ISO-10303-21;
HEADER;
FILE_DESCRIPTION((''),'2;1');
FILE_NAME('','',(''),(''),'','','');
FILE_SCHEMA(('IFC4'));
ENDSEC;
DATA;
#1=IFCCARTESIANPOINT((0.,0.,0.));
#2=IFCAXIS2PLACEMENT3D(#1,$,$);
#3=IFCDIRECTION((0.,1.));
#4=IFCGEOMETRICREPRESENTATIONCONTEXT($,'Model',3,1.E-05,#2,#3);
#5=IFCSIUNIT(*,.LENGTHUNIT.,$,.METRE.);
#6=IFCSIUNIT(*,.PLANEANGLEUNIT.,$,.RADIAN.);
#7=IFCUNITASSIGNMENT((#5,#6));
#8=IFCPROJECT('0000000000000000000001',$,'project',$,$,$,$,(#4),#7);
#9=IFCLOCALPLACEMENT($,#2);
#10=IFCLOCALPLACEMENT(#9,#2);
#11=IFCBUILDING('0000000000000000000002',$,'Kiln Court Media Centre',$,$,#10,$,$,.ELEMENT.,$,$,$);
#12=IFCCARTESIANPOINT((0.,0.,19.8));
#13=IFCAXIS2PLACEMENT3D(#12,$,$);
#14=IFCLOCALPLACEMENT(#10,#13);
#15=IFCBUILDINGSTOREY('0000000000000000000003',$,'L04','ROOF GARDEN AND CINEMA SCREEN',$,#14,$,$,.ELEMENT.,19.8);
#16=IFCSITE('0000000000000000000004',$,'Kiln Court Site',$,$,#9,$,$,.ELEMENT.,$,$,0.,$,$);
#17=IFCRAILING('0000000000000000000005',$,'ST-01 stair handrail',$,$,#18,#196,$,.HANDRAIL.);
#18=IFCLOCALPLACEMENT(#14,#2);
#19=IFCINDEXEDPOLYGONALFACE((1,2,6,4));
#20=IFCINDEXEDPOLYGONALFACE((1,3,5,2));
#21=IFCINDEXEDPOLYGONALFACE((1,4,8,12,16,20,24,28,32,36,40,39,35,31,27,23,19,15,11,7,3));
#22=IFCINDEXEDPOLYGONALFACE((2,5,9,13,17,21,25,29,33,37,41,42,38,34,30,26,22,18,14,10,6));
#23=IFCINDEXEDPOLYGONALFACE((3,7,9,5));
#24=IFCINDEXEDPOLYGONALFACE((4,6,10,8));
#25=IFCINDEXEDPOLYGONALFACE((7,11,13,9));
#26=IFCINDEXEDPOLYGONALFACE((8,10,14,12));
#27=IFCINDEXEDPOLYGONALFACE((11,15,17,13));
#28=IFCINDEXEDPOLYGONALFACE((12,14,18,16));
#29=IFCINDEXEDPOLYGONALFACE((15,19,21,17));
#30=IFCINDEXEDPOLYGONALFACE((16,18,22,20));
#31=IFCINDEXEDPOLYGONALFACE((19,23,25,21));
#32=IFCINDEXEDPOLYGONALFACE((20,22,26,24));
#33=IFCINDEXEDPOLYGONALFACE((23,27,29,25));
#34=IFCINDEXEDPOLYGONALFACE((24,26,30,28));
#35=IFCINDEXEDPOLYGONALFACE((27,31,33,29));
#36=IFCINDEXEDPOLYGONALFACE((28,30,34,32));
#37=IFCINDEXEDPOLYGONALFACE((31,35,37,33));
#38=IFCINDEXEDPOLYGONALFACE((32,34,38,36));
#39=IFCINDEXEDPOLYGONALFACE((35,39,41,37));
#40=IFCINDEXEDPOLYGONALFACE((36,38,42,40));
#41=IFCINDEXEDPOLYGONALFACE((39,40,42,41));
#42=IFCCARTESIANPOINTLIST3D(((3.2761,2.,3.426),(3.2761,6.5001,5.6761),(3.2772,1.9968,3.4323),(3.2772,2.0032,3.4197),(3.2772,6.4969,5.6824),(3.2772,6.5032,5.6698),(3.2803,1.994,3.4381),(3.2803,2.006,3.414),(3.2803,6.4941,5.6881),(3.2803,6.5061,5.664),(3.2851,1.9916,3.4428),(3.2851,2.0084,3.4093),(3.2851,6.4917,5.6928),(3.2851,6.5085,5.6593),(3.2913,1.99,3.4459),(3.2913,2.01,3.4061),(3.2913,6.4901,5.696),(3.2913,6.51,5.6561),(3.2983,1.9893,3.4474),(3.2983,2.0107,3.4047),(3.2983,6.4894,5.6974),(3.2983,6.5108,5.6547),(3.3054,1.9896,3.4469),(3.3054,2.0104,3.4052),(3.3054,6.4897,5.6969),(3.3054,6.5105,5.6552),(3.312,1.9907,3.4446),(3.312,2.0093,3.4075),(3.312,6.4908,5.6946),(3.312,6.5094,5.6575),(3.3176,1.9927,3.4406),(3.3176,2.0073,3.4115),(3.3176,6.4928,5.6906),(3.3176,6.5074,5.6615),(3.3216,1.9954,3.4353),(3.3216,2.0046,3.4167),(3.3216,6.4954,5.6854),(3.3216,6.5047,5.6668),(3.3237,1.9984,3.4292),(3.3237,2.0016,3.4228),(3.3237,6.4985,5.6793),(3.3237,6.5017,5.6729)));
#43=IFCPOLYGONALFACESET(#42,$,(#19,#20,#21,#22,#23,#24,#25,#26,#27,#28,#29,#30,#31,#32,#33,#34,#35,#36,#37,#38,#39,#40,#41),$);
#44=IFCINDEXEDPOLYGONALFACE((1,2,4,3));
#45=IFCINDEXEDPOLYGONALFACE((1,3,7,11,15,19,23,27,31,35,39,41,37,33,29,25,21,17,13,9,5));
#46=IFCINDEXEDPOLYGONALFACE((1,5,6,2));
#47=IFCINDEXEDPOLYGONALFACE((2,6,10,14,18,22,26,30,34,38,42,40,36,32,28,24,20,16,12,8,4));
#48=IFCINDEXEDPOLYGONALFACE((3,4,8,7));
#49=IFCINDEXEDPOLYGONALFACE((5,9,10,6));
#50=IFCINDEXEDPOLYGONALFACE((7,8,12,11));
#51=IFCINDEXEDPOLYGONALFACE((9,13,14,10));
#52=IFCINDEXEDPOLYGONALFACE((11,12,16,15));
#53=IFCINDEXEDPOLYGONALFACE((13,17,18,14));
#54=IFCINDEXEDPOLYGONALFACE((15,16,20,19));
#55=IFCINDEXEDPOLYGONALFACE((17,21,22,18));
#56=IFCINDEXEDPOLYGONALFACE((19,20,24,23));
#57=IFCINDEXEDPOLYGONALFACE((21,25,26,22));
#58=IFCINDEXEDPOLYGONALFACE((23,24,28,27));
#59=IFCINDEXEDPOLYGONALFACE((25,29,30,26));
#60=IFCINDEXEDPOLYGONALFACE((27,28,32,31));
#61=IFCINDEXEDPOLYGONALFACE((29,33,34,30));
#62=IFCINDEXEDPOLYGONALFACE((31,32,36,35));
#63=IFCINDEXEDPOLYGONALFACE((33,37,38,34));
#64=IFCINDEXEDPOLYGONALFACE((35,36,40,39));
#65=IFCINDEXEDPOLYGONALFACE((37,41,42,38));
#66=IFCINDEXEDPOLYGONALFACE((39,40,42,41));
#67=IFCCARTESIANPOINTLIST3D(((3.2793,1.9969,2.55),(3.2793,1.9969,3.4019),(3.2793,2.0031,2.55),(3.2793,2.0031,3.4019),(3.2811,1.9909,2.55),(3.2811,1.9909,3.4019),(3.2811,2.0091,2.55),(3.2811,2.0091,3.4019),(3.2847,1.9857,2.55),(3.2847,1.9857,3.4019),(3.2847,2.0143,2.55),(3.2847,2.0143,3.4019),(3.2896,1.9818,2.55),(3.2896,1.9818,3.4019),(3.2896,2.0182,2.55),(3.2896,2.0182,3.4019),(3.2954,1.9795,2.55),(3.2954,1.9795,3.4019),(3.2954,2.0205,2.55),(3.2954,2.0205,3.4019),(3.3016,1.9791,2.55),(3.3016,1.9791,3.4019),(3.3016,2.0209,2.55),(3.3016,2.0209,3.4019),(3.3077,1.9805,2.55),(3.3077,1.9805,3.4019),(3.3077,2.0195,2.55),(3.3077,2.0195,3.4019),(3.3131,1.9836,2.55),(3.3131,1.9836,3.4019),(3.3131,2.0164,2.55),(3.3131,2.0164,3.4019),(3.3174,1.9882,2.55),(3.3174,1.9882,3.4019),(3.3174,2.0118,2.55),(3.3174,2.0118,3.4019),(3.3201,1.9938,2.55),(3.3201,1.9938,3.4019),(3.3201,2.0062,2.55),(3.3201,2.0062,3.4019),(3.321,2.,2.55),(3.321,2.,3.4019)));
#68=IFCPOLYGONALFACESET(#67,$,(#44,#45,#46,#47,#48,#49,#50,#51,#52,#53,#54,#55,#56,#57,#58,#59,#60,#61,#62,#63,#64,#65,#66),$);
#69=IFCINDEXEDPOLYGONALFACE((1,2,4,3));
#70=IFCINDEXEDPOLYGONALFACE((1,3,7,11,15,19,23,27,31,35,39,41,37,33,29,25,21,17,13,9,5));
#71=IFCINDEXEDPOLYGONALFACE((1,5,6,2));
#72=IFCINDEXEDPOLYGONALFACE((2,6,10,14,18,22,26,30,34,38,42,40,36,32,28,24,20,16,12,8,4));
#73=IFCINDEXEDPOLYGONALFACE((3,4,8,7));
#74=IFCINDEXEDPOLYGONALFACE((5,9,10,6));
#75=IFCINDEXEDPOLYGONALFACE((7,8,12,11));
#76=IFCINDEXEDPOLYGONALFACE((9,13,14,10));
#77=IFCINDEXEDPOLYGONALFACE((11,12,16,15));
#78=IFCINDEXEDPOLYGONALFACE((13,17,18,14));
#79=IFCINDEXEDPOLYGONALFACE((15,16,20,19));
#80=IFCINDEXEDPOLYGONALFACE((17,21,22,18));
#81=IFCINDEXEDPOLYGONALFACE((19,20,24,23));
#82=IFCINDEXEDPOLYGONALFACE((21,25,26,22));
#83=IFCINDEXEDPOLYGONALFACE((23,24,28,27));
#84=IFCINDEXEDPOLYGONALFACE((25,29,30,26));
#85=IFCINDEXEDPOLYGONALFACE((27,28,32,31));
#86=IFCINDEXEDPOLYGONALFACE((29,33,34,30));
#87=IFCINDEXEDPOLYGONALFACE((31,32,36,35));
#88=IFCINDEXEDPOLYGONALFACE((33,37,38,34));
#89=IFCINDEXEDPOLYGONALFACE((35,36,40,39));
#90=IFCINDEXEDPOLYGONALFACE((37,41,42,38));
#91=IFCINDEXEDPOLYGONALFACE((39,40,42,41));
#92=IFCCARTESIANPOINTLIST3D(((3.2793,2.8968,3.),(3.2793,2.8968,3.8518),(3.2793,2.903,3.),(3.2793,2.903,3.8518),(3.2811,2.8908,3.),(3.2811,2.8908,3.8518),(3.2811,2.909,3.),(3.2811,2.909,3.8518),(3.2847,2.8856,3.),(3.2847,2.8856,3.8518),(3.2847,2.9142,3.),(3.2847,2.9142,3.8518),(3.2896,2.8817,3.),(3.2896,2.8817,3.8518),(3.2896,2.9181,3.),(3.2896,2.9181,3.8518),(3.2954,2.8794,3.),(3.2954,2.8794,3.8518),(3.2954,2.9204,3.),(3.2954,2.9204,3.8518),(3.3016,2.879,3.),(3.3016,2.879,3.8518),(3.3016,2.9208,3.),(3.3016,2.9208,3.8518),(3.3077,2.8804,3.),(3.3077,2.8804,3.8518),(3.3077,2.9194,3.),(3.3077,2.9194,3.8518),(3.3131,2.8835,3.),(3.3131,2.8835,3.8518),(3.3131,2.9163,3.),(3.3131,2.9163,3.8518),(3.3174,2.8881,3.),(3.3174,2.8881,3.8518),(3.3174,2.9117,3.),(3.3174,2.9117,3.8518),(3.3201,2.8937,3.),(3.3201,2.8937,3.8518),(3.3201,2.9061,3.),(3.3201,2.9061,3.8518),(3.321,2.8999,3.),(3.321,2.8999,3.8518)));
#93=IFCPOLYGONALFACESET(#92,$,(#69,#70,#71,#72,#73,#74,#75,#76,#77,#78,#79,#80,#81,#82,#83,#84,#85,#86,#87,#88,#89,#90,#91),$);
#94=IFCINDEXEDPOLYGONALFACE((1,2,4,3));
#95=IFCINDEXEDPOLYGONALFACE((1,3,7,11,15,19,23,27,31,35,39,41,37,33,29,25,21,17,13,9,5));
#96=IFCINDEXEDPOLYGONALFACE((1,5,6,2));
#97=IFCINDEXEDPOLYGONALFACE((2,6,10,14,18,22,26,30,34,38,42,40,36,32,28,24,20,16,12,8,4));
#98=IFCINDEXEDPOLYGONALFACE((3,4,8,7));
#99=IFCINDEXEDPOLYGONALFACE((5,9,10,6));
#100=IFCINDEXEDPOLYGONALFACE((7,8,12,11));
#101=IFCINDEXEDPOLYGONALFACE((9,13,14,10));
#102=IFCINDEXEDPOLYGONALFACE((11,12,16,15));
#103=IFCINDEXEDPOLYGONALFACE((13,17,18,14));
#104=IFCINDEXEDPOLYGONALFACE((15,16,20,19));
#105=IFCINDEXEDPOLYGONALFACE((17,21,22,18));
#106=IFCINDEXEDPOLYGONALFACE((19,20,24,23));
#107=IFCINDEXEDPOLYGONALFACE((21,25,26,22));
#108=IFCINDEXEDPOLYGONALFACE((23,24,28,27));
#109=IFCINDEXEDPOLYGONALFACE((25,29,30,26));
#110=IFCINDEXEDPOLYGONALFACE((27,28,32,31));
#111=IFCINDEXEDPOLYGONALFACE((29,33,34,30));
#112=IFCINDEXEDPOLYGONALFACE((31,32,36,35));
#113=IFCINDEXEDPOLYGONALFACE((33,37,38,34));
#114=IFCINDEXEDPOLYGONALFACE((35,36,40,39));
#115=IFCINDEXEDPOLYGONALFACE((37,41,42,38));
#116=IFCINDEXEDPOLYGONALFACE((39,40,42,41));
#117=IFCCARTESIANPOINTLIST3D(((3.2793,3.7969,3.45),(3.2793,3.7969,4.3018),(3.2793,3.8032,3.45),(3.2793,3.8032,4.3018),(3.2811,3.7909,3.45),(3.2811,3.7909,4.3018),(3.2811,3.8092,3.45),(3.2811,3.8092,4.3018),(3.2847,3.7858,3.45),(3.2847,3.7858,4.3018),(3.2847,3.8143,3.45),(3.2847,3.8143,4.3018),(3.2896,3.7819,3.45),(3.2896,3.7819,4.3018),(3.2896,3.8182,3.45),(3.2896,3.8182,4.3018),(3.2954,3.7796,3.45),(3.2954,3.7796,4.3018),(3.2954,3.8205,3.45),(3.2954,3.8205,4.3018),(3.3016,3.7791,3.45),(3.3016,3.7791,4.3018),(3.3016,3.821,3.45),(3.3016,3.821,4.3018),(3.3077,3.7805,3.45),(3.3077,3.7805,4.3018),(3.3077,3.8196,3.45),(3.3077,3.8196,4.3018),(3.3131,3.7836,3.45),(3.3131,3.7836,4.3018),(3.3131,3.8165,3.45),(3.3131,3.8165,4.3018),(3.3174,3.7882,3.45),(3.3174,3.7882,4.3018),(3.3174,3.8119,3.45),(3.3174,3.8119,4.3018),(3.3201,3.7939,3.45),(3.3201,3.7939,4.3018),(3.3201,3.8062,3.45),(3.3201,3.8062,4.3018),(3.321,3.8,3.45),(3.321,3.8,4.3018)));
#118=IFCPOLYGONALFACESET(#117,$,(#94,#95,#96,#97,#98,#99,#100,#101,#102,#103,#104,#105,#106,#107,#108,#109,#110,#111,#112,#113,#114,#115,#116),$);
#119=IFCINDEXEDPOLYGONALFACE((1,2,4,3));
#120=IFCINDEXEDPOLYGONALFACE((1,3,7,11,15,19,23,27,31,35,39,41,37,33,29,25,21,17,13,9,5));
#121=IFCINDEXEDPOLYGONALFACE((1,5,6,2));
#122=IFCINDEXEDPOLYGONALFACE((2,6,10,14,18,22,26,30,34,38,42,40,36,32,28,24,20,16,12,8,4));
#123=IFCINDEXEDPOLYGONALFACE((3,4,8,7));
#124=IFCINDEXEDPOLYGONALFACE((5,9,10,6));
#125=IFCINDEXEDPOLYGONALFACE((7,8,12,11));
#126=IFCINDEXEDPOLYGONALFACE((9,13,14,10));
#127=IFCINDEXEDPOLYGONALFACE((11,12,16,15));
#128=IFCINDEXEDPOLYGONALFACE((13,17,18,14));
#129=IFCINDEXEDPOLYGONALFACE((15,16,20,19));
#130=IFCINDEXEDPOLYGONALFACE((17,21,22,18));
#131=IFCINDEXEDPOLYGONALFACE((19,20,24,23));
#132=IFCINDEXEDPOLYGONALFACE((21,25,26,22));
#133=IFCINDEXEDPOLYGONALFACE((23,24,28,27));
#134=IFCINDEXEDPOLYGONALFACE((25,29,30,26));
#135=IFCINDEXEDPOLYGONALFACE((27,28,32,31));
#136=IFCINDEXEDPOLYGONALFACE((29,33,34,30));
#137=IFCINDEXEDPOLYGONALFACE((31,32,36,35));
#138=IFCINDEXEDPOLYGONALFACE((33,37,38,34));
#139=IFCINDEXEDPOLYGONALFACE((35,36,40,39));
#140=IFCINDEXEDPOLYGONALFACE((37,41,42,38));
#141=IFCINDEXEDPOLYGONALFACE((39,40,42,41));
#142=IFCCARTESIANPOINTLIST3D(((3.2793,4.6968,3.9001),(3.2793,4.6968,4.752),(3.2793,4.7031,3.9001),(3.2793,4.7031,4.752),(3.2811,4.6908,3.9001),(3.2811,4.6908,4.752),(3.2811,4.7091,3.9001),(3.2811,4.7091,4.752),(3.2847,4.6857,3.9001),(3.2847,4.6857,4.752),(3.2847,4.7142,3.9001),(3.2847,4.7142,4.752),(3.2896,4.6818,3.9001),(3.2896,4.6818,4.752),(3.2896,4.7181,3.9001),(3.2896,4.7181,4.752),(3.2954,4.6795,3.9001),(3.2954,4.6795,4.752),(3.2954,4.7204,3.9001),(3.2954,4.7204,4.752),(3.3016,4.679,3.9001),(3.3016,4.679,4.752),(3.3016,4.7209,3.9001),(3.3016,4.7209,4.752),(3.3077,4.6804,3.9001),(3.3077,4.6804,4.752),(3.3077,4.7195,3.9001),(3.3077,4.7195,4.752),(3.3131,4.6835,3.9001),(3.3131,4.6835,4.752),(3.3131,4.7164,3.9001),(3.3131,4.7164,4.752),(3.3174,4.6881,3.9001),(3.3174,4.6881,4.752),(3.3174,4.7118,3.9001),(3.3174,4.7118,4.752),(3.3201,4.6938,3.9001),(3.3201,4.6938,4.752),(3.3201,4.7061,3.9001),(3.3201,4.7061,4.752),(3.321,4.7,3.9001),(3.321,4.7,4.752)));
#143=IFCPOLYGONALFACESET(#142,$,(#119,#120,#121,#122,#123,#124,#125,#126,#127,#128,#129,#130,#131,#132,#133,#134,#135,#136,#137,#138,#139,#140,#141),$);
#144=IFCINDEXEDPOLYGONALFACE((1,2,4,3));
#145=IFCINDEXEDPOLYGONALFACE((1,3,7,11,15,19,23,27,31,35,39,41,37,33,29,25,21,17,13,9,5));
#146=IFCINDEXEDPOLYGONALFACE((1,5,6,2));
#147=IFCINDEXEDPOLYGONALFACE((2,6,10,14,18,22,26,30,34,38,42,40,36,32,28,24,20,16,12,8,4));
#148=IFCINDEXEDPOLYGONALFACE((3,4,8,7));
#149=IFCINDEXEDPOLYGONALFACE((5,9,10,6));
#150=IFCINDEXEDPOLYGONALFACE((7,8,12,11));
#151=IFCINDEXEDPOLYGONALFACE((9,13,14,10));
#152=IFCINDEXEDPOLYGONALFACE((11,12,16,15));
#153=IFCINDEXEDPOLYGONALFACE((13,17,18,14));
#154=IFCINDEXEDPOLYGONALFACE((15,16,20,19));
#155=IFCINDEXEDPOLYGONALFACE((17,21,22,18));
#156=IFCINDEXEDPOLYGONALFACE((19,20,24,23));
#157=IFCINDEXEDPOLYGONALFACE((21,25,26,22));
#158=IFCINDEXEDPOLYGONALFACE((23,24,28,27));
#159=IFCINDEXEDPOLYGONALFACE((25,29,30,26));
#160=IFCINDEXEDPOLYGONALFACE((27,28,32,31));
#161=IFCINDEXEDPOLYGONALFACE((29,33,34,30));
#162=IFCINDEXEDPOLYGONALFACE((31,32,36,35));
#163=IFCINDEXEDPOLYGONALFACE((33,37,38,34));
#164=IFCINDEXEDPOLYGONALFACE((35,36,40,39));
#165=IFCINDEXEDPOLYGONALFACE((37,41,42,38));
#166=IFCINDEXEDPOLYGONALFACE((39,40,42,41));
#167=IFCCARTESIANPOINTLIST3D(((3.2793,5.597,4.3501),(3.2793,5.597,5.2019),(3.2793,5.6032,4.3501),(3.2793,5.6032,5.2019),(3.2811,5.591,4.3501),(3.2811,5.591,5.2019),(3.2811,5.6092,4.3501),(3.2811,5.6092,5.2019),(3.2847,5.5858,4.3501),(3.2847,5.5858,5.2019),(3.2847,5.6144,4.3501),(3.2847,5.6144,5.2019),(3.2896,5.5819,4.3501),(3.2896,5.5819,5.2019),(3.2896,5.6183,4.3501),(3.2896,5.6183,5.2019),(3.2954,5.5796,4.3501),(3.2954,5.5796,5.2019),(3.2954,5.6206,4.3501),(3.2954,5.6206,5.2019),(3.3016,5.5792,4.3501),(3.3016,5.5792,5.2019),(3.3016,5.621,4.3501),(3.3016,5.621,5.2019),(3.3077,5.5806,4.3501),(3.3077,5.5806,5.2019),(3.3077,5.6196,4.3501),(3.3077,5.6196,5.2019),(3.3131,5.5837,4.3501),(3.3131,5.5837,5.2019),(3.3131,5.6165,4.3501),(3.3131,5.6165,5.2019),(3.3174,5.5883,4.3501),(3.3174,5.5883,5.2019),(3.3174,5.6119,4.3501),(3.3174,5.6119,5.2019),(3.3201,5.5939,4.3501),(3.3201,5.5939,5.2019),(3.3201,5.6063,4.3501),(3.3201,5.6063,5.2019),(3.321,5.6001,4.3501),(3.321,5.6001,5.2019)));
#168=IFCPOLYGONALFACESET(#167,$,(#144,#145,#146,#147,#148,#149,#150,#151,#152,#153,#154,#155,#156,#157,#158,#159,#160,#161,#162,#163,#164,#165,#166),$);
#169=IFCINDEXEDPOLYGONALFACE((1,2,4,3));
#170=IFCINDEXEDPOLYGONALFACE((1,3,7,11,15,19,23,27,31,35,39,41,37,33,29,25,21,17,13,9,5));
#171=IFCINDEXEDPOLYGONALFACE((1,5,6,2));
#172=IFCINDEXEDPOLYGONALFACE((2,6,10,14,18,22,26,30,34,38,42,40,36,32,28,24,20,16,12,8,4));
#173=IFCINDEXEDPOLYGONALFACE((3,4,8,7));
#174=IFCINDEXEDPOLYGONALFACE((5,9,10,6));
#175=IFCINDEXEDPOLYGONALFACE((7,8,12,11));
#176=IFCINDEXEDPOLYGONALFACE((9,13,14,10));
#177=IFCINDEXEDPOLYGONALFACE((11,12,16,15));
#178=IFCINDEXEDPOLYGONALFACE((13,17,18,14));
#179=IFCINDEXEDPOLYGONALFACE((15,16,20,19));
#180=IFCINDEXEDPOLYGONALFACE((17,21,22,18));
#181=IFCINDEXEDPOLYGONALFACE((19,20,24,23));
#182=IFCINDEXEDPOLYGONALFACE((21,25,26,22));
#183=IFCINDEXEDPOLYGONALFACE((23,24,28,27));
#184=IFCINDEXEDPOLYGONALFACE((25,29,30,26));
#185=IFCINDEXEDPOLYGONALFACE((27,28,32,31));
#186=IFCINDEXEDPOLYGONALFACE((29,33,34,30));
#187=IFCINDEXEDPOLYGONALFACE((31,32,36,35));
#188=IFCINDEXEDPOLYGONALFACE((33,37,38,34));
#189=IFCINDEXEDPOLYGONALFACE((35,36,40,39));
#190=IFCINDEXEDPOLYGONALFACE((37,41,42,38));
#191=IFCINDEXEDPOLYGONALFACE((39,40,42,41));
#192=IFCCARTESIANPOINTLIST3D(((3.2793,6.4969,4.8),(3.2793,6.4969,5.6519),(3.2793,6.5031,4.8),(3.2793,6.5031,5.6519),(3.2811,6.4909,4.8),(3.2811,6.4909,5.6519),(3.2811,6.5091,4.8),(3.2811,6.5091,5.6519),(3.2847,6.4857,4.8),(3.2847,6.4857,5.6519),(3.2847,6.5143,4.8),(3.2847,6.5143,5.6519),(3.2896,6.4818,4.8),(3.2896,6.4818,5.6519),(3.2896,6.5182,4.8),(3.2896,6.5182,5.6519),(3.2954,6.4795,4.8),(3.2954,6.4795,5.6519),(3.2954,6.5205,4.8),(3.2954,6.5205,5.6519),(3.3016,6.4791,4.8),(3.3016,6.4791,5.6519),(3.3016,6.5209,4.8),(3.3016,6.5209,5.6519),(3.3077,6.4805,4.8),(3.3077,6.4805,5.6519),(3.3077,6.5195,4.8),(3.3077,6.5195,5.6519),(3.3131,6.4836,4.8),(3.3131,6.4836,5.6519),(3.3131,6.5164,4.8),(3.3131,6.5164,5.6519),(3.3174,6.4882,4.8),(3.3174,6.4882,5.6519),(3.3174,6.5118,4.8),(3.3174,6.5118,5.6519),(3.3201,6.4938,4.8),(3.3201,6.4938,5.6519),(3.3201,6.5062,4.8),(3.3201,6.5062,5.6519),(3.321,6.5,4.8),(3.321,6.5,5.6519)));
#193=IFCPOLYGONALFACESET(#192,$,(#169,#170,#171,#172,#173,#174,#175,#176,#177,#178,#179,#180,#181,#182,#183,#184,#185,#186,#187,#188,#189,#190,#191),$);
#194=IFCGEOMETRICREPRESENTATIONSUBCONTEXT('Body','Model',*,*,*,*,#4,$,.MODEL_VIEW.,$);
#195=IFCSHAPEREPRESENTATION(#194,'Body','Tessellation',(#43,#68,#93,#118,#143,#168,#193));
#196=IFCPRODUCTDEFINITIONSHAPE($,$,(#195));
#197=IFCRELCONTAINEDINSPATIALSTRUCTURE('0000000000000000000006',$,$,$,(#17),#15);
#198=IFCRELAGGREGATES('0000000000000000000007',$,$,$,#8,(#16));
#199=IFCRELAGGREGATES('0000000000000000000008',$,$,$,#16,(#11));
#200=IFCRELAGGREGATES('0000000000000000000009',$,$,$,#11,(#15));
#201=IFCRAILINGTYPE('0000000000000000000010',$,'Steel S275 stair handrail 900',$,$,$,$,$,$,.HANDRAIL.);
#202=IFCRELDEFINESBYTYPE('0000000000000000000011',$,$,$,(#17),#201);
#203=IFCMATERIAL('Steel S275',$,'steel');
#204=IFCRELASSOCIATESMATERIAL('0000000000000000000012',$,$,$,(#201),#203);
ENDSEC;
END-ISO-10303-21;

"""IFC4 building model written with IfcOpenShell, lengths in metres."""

from ifc_helpers import new_model, si_unit, direction, frame, origin, origin_2d, place, context, subcontext, project, spatial, circle, extrude, material, type_object, element, save


model = new_model("IFC4")

# Units and contexts
model_context = context("Model", 3, precision=1e-05, world=origin(), true_north=direction((0.0, 1.0)))
body_context = subcontext(model_context, "Body", "Model", "MODEL_VIEW")
ifc_project = project(units=[si_unit("LENGTHUNIT", "METRE"), si_unit("PLANEANGLEUNIT", "RADIAN")], contexts=[model_context])

# Site, building, storey
site_placement = place(None, origin())
site = spatial("IfcSite", under=ifc_project, at=site_placement, Name="Kiln Court Site", CompositionType="ELEMENT", RefElevation=0.0)
building_placement = place(site_placement, origin())
building = spatial("IfcBuilding", under=site, at=building_placement, Name="Kiln Court Media Centre", CompositionType="ELEMENT")
storey_placement = place(building_placement, frame((0.0, 0.0, 19.8)))
storey = spatial("IfcBuildingStorey", under=building, at=storey_placement, Name="L04", Description="ROOF GARDEN AND CINEMA SCREEN", CompositionType="ELEMENT", Elevation=19.8)

# Railing
ifc_material_1 = material(Name="Steel S275", Category="steel")
railing_type_1 = type_object("IfcRailingType", Name="Steel S275 stair handrail 900", PredefinedType="HANDRAIL", material=ifc_material_1)
railing_1_placement = place(storey_placement, frame((3.3, 2.0, 2.55)))
element("IfcRailing", 1, at=railing_1_placement, inside=storey, type_object=railing_type_1, Name="ST-01 stair handrail", PredefinedType="HANDRAIL", context=body_context, shape_type="SweptSolid", body=[
    extrude(circle(Radius=0.0239, at=origin_2d()), frame((0.0, 0.0, 0.876), z_axis=(0.0, 0.894427, 0.447214), x_axis=(-1.0, 0.0, 0.0)), (0.0, 0.0, 1.0), 5.0312),
    extrude(circle(Radius=0.021, at=origin_2d()), origin(), (0.0, 0.0, 1.0), 0.8518),
    extrude(circle(Radius=0.021, at=origin_2d()), frame((0.0, 0.8999, 0.45)), (0.0, 0.0, 1.0), 0.8518),
    extrude(circle(Radius=0.021, at=origin_2d()), frame((0.0, 1.8, 0.8999)), (0.0, 0.0, 1.0), 0.8518),
    extrude(circle(Radius=0.021, at=origin_2d()), frame((0.0, 2.7, 1.3501)), (0.0, 0.0, 1.0), 0.8518),
    extrude(circle(Radius=0.021, at=origin_2d()), frame((0.0, 3.6001, 1.8)), (0.0, 0.0, 1.0), 0.8518),
    extrude(circle(Radius=0.021, at=origin_2d()), frame((0.0, 4.5, 2.25)), (0.0, 0.0, 1.0), 0.8518),
])

save(model, "model.ifc")
